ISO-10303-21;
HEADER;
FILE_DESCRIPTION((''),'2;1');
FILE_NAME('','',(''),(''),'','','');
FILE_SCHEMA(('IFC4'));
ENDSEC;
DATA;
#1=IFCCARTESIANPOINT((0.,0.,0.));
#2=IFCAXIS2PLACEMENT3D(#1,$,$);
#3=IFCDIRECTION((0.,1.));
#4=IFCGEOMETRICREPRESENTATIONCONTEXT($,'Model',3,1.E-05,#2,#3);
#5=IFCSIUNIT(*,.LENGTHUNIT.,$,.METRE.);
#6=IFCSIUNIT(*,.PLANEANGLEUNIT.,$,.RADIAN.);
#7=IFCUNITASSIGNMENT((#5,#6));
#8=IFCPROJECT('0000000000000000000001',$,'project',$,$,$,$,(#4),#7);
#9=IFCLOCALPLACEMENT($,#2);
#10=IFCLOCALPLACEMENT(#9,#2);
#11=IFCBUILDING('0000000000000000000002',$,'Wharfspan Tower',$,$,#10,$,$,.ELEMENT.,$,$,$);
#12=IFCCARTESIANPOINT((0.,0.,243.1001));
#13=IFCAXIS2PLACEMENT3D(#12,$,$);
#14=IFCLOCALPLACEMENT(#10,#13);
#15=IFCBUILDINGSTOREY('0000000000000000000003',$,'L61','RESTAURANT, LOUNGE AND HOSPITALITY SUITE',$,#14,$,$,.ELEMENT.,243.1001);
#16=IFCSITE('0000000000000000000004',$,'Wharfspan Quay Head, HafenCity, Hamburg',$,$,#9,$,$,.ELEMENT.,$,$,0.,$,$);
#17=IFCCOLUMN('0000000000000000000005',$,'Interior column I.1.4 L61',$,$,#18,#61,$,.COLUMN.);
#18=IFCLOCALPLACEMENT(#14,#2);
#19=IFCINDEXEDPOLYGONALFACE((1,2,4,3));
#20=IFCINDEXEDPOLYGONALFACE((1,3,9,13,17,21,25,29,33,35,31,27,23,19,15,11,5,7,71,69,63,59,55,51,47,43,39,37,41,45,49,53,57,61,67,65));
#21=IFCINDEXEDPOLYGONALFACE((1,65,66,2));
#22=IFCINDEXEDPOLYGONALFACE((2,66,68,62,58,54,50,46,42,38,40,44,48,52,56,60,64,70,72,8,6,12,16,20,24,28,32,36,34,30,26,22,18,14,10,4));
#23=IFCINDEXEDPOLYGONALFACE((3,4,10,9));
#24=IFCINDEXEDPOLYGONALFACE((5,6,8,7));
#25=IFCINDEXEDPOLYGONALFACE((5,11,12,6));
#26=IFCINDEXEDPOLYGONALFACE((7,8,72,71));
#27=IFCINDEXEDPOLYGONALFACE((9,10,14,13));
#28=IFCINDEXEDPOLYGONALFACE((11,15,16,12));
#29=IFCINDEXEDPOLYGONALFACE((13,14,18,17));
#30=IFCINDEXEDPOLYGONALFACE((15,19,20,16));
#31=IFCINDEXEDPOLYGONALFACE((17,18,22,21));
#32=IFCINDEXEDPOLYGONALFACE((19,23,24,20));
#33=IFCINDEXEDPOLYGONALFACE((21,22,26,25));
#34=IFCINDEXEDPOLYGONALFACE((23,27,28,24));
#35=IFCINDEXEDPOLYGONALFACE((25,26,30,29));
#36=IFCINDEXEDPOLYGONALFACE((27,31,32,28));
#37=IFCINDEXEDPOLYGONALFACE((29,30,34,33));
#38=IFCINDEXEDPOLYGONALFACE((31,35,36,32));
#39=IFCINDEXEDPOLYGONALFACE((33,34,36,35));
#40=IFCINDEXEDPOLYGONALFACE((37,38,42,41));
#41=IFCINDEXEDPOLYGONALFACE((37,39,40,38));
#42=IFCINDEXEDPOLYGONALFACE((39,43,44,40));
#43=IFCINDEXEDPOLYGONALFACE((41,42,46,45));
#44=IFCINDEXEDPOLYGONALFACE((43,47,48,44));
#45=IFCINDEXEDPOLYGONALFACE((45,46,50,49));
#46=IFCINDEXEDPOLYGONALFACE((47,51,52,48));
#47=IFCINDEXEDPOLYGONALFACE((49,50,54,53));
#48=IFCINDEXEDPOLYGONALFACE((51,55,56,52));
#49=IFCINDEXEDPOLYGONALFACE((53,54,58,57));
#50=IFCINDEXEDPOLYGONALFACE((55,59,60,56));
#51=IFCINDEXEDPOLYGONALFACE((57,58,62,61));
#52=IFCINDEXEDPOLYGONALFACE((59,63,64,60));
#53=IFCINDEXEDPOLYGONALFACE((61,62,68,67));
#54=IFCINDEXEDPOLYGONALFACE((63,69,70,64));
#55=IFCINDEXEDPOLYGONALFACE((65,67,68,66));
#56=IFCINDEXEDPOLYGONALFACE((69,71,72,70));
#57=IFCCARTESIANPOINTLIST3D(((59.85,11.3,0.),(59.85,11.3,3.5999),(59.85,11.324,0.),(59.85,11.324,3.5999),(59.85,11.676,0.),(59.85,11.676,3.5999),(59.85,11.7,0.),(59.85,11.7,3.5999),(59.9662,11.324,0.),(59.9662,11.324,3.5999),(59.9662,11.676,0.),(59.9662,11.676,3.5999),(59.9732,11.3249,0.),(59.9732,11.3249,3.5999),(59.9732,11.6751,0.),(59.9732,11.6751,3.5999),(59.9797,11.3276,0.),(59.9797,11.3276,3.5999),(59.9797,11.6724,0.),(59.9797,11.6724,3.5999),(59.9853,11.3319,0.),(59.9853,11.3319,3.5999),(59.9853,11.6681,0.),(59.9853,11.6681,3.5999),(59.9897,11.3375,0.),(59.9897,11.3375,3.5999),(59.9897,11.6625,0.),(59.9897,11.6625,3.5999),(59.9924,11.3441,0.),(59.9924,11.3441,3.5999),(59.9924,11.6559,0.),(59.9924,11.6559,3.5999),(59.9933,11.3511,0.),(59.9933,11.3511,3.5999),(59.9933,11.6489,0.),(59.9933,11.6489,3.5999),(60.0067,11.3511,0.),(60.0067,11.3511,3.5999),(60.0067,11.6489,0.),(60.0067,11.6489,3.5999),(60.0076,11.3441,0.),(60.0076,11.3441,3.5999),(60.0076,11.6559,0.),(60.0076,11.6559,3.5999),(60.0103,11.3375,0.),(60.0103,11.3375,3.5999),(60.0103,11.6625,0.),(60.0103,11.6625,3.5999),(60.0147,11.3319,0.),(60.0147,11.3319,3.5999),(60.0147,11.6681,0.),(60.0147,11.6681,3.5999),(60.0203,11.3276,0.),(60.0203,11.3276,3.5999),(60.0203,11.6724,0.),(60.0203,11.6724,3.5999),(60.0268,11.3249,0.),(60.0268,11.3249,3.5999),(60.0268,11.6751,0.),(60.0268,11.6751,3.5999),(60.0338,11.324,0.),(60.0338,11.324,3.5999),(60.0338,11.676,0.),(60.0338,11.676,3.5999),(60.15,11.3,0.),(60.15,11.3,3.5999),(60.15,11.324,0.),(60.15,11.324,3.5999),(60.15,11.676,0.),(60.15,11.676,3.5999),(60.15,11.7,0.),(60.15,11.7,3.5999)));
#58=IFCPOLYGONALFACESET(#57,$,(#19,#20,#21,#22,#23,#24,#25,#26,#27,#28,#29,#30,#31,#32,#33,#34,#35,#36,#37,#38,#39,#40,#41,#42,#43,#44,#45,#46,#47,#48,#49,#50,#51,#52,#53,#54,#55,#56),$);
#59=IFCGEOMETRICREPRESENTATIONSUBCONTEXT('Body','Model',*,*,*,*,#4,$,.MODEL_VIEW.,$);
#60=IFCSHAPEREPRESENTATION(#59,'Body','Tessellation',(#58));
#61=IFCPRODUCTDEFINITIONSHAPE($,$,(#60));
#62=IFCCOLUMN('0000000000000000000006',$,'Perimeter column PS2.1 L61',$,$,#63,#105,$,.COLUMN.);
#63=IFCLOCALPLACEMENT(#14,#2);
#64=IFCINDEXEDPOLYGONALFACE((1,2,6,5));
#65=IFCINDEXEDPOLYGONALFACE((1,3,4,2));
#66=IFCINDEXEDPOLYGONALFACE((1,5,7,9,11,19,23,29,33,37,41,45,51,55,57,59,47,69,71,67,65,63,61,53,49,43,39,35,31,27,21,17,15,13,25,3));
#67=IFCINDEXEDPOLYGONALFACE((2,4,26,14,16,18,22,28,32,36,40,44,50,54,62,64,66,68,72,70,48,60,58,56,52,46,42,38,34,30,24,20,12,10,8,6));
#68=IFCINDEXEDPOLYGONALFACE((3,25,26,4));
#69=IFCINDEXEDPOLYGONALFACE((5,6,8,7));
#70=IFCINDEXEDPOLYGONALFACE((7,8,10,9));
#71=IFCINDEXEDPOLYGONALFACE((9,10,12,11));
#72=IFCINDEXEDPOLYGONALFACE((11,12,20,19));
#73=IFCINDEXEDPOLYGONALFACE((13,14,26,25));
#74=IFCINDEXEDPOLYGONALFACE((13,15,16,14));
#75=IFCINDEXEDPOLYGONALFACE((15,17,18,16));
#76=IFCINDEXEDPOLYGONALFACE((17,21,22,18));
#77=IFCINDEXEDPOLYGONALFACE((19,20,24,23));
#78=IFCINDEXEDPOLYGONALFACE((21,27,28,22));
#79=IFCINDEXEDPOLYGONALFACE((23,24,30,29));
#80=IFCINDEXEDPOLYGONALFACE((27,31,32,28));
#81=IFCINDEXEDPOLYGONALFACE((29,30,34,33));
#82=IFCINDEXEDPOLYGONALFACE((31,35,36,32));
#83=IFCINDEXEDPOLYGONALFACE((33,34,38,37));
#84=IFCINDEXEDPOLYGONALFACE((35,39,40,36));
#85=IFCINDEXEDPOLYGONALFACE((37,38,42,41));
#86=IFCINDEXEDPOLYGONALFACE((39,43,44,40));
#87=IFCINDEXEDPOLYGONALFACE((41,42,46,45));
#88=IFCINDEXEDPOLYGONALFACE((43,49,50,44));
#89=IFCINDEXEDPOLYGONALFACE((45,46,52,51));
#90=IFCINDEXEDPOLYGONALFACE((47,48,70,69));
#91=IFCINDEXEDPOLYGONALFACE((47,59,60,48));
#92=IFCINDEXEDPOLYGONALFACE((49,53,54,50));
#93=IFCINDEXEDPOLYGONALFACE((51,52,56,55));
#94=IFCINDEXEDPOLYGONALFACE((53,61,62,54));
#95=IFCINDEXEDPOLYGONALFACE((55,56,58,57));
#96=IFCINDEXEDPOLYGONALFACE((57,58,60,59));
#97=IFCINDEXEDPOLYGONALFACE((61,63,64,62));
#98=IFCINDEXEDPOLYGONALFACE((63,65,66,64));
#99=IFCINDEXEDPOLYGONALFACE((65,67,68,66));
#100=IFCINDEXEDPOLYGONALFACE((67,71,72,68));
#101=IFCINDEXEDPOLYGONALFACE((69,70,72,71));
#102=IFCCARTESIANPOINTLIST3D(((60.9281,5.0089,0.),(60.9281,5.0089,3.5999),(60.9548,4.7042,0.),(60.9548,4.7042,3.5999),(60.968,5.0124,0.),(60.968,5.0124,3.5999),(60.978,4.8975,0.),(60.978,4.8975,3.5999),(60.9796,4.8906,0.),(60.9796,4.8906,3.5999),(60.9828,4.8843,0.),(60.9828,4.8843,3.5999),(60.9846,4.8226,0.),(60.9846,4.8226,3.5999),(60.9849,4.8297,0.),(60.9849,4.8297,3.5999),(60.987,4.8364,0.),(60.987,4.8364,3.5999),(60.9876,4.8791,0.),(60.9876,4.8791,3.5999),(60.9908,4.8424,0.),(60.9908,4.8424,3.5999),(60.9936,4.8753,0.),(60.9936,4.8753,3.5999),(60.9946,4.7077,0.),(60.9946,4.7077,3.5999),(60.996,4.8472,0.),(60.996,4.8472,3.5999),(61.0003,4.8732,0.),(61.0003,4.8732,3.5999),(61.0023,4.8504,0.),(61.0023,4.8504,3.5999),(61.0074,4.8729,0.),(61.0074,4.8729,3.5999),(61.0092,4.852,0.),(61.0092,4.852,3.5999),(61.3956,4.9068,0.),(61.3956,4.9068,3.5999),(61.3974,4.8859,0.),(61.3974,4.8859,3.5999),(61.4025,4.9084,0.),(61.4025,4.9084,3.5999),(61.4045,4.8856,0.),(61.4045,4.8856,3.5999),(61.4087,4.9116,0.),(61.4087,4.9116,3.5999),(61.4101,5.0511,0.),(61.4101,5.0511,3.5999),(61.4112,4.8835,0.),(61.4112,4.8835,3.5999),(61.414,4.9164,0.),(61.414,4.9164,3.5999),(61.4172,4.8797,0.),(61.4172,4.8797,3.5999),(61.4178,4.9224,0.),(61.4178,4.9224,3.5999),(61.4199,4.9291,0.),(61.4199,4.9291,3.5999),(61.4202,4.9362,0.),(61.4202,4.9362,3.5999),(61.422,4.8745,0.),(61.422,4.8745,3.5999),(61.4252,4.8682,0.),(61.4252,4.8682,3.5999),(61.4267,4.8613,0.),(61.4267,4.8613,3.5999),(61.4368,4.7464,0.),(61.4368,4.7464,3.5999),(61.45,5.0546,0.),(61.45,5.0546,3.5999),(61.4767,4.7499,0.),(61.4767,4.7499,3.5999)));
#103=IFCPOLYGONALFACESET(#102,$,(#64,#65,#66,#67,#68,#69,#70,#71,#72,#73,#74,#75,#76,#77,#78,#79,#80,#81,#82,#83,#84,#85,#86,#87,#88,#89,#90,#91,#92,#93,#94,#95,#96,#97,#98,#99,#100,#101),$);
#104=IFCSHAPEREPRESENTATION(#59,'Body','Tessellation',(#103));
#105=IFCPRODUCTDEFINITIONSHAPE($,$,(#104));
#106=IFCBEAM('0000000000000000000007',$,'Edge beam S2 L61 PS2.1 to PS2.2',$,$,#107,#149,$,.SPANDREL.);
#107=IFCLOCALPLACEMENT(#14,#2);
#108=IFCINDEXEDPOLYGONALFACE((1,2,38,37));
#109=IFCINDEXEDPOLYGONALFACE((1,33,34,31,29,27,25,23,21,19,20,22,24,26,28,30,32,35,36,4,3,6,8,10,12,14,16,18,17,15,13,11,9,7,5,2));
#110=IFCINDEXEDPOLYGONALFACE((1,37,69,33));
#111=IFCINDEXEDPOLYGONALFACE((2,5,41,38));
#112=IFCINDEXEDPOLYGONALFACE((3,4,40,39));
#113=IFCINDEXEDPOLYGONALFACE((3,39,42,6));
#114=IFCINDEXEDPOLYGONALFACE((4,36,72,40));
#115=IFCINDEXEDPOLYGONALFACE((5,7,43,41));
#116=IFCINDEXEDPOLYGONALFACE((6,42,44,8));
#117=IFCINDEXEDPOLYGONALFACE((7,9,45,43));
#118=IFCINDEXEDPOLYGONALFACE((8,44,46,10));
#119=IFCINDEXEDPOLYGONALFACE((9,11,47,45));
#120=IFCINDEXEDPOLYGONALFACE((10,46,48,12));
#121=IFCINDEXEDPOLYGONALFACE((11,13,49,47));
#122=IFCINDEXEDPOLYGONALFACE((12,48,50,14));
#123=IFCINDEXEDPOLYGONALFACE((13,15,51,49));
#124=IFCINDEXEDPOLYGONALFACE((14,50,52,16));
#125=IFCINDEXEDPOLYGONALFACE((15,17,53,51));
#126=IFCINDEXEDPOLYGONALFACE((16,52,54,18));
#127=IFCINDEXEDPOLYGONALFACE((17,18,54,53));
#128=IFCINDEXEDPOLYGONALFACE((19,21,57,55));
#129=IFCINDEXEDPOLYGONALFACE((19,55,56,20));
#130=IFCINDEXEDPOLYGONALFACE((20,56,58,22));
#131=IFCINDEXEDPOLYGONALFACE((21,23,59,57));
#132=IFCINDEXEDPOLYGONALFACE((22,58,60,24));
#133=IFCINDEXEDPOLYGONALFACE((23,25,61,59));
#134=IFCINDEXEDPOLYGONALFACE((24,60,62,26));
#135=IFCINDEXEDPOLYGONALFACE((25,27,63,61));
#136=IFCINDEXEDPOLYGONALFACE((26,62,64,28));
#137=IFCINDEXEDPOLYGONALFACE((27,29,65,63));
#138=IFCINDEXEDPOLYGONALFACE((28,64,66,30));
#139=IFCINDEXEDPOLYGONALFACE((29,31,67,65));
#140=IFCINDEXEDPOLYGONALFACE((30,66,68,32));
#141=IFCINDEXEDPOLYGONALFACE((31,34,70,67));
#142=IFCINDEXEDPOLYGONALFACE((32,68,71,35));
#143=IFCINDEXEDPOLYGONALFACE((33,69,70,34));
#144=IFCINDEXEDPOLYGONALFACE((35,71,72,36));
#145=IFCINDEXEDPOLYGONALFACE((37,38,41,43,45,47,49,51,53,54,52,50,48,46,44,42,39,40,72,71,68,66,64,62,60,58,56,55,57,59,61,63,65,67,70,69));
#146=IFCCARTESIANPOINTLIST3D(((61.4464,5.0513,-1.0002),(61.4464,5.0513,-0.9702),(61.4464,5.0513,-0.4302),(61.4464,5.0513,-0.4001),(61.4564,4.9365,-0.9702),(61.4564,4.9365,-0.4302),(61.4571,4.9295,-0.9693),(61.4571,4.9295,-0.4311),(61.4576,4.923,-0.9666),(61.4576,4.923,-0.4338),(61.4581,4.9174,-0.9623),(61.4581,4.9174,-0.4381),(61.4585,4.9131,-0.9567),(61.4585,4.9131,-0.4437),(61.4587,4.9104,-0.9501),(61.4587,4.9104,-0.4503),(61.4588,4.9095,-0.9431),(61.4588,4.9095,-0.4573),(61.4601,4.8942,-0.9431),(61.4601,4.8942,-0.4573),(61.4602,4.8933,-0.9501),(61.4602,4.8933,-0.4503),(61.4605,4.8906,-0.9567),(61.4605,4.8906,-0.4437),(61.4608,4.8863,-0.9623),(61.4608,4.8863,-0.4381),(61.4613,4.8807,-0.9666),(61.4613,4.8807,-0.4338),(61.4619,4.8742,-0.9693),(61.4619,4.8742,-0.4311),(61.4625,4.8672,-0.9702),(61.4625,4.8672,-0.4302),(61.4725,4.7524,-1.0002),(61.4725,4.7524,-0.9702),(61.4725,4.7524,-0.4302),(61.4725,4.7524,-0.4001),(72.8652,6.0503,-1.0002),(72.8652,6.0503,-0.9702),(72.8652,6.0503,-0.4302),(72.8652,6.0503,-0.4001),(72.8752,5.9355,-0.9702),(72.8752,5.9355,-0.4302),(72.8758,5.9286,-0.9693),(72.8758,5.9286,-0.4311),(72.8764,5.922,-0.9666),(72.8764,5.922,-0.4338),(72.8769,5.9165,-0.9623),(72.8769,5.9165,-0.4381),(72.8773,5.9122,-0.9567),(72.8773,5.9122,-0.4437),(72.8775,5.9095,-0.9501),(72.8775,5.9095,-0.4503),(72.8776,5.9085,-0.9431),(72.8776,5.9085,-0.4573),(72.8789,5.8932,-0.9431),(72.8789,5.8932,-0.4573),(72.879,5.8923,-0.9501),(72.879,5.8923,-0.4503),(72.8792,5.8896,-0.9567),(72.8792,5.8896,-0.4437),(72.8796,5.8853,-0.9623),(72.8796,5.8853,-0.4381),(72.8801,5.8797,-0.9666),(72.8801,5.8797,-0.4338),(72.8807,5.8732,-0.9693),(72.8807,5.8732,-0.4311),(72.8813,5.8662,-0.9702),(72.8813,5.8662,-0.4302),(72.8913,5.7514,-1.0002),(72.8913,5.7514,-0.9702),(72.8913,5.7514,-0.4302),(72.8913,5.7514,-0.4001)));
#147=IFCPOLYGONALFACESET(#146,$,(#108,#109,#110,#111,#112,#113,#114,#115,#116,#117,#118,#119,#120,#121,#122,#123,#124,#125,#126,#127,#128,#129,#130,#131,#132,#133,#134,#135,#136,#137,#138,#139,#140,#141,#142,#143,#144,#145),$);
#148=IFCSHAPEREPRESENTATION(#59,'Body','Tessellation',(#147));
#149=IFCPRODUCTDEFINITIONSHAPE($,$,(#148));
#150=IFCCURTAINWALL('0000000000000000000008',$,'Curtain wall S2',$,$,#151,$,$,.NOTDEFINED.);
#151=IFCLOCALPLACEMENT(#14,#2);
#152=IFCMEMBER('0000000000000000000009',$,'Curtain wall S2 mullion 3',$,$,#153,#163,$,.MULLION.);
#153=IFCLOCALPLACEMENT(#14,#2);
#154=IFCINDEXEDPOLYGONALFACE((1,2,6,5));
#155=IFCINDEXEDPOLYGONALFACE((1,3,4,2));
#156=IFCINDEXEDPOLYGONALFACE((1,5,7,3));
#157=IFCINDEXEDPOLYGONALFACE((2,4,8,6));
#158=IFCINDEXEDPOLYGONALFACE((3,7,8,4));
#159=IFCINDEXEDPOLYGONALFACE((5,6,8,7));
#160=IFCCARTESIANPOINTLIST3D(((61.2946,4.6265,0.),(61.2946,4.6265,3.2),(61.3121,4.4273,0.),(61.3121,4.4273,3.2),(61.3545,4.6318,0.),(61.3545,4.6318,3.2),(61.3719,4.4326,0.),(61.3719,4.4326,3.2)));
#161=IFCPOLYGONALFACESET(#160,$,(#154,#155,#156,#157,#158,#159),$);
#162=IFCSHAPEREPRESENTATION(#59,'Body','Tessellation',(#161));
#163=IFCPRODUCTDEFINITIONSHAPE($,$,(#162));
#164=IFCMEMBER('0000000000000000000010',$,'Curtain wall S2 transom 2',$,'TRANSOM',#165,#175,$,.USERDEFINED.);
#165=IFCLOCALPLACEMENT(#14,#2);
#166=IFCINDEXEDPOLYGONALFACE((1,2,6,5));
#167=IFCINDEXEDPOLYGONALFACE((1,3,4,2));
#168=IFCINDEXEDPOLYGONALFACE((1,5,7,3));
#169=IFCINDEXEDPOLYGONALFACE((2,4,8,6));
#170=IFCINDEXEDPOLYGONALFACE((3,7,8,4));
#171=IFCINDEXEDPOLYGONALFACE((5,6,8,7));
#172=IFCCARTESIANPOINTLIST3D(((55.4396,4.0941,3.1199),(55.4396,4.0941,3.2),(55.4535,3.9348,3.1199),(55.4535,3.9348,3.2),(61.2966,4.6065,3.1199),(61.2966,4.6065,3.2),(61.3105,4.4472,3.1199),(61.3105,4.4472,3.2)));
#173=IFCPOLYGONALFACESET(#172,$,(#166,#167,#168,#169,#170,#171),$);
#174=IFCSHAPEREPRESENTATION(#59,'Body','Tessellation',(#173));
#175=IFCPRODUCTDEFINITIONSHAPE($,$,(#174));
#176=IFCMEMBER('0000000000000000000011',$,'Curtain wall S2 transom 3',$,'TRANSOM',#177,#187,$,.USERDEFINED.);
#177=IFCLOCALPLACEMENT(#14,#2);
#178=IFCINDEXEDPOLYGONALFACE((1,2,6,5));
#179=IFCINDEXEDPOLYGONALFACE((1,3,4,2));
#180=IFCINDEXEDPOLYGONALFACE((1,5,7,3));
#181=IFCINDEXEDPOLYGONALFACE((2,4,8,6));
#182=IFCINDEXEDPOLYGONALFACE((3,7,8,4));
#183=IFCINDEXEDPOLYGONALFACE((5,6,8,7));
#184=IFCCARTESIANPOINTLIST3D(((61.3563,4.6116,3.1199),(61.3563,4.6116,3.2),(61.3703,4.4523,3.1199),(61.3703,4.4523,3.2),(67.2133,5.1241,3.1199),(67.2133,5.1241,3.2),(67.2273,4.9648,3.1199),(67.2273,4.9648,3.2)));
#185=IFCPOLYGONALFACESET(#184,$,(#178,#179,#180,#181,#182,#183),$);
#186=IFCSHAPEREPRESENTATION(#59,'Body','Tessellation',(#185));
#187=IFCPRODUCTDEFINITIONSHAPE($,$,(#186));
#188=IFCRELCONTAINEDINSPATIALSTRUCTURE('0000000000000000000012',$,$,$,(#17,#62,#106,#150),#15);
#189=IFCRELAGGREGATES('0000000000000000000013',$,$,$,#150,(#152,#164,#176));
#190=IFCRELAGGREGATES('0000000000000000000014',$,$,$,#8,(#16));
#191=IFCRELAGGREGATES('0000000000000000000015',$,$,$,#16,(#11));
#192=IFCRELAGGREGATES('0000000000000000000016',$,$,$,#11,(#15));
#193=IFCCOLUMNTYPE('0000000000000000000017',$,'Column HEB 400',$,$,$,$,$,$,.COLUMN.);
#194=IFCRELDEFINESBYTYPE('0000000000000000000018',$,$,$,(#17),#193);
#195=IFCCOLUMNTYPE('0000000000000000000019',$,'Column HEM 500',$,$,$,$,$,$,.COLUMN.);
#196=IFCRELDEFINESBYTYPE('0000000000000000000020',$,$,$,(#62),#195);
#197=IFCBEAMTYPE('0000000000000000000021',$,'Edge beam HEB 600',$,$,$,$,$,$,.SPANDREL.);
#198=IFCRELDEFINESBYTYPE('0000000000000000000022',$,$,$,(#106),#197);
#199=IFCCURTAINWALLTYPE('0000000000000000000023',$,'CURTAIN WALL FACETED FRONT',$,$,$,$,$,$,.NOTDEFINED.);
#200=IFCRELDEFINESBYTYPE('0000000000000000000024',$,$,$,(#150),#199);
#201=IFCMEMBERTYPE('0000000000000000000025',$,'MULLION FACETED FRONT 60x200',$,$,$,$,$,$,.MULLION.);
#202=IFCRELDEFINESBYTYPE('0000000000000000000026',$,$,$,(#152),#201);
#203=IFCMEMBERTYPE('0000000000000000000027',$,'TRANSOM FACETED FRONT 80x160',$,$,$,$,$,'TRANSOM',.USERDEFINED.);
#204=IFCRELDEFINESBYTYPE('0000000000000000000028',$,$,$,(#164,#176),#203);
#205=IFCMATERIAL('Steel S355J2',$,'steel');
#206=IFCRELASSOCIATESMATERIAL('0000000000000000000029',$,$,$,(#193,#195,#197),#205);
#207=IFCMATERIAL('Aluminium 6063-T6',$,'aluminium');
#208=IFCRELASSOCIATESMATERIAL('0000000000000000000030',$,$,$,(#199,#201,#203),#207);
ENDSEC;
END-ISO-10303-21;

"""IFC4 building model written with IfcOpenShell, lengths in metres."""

from ifc_helpers import new_model, si_unit, direction, frame, origin, origin_2d, place, context, subcontext, project, spatial, rectangle, i_section, extrude, material, material_profile, profile_set, type_object, element, aggregate, save


model = new_model("IFC4")

# Units and contexts
model_context = context("Model", 3, precision=1e-05, world=origin(), true_north=direction((0.0, 1.0)))
body_context = subcontext(model_context, "Body", "Model", "MODEL_VIEW")
ifc_project = project(units=[si_unit("LENGTHUNIT", "METRE"), si_unit("PLANEANGLEUNIT", "RADIAN")], contexts=[model_context])

# Site, building, storey
site_placement = place(None, origin())
site = spatial("IfcSite", under=ifc_project, at=site_placement, Name="Wharfspan Quay Head, HafenCity, Hamburg", CompositionType="ELEMENT", RefElevation=0.0)
building_placement = place(site_placement, origin())
building = spatial("IfcBuilding", under=site, at=building_placement, Name="Wharfspan Tower", CompositionType="ELEMENT")
storey_placement = place(building_placement, frame((0.0, 0.0, 243.1001)))
storey = spatial("IfcBuildingStorey", under=building, at=storey_placement, Name="L61", Description="RESTAURANT, LOUNGE AND HOSPITALITY SUITE", CompositionType="ELEMENT", Elevation=243.1001)

# Columns
ifc_material_1 = material(Name="Steel S355J2", Category="steel")
ifc_material_profile_1 = material_profile(ifc_material_1, i_section(OverallWidth=0.3, OverallDepth=0.3999, WebThickness=0.0134, FlangeThickness=0.0239, FilletRadius=0.0271, at=origin_2d()))
ifc_profile_set_1 = profile_set([ifc_material_profile_1], Name="Steel S355J2")
column_type_1 = type_object("IfcColumnType", Name="Column HEB 400", PredefinedType="COLUMN", material=ifc_profile_set_1)
column_1_placement = place(storey_placement, frame((60.0, 11.5, 0.0), z_axis=(0.0, 0.0, 1.0), x_axis=(1.0, 0.0, 0.0)))
element("IfcColumn", 1, at=column_1_placement, inside=storey, type_object=column_type_1, Name="Interior column I.1.4 L61", PredefinedType="COLUMN", context=body_context, shape_type="SweptSolid", body=[
    extrude(i_section(OverallWidth=0.3, OverallDepth=0.3999, WebThickness=0.0134, FlangeThickness=0.0239, FilletRadius=0.0271, at=origin_2d()), origin(), (0.0, 0.0, 1.0), 3.5999),
])
ifc_material_profile_2 = material_profile(ifc_material_1, i_section(OverallWidth=0.3059, OverallDepth=0.5239, WebThickness=0.021, FlangeThickness=0.04, FilletRadius=0.0271, at=origin_2d()))
ifc_profile_set_2 = profile_set([ifc_material_profile_2], Name="Steel S355J2")
column_type_2 = type_object("IfcColumnType", Name="Column HEM 500", PredefinedType="COLUMN", material=ifc_profile_set_2)
column_2_placement = place(storey_placement, frame((61.2024, 4.8794, 0.0), z_axis=(0.0, 0.0, 1.0), x_axis=(0.087156, -0.996197, 0.0)))
element("IfcColumn", 2, at=column_2_placement, inside=storey, type_object=column_type_2, Name="Perimeter column PS2.1 L61", PredefinedType="COLUMN", context=body_context, shape_type="SweptSolid", body=[
    extrude(i_section(OverallWidth=0.3059, OverallDepth=0.5239, WebThickness=0.021, FlangeThickness=0.04, FilletRadius=0.0271, at=origin_2d()), origin(), (0.0, 0.0, 1.0), 3.5999),
])

# Beam
ifc_material_profile_3 = material_profile(ifc_material_1, i_section(OverallWidth=0.3, OverallDepth=0.6001, WebThickness=0.0154, FlangeThickness=0.03, FilletRadius=0.0271, at=origin_2d()))
ifc_profile_set_3 = profile_set([ifc_material_profile_3], Name="Steel S355J2")
beam_type = type_object("IfcBeamType", Name="Edge beam HEB 600", PredefinedType="SPANDREL", material=ifc_profile_set_3)
beam_placement = place(storey_placement, frame((61.4595, 4.9019, -0.7002), z_axis=(0.996195, 0.087157, 0.0), x_axis=(-0.087157, 0.996195, 0.0)))
element("IfcBeam", 3, at=beam_placement, inside=storey, type_object=beam_type, Name="Edge beam S2 L61 PS2.1 to PS2.2", PredefinedType="SPANDREL", context=body_context, shape_type="SweptSolid", body=[
    extrude(i_section(OverallWidth=0.3, OverallDepth=0.6001, WebThickness=0.0154, FlangeThickness=0.03, FilletRadius=0.0271, at=origin_2d()), origin(), (0.0, 0.0, 1.0), 11.4624),
])

# Curtain wall, members
ifc_material_2 = material(Name="Aluminium 6063-T6", Category="aluminium")
curtain_wall_type = type_object("IfcCurtainWallType", Name="CURTAIN WALL FACETED FRONT", PredefinedType="NOTDEFINED", material=ifc_material_2)
curtain_wall_placement = place(storey_placement, origin())
curtain_wall = element("IfcCurtainWall", 4, at=curtain_wall_placement, inside=storey, type_object=curtain_wall_type, Name="Curtain wall S2", PredefinedType="NOTDEFINED")
ifc_material_profile_4 = material_profile(ifc_material_2, rectangle(XDim=0.2, YDim=0.0601, at=origin_2d()))
ifc_profile_set_4 = profile_set([ifc_material_profile_4], Name="Aluminium 6063-T6")
member_type_1 = type_object("IfcMemberType", Name="MULLION FACETED FRONT 60x200", PredefinedType="MULLION", material=ifc_profile_set_4)
member_1_placement = place(storey_placement, frame((61.3333, 4.5295, 0.0), z_axis=(0.0, 0.0, 1.0), x_axis=(-0.087156, 0.996197, 0.0)))
member_1 = element("IfcMember", 5, at=member_1_placement, type_object=member_type_1, Name="Curtain wall S2 mullion 3", PredefinedType="MULLION", context=body_context, shape_type="SweptSolid", body=[
    extrude(rectangle(XDim=0.2, YDim=0.0601, at=origin_2d()), origin(), (0.0, 0.0, 1.0), 3.2),
])
ifc_material_profile_5 = material_profile(ifc_material_2, rectangle(XDim=0.1599, YDim=0.0801, at=origin_2d()))
ifc_profile_set_5 = profile_set([ifc_material_profile_5], Name="Aluminium 6063-T6")
member_type_2 = type_object("IfcMemberType", Name="TRANSOM FACETED FRONT 80x160", ElementType="TRANSOM", PredefinedType="USERDEFINED", material=ifc_profile_set_5)
member_2_placement = place(storey_placement, frame((55.4465, 4.0144, 3.1599), z_axis=(0.996194, 0.087162, 0.0), x_axis=(-0.087162, 0.996194, 0.0)))
member_2 = element("IfcMember", 6, at=member_2_placement, type_object=member_type_2, Name="Curtain wall S2 transom 2", ObjectType="TRANSOM", PredefinedType="USERDEFINED", context=body_context, shape_type="SweptSolid", body=[
    extrude(rectangle(XDim=0.1599, YDim=0.0801, at=origin_2d()), origin(), (0.0, 0.0, 1.0), 5.8794),
])
member_3_placement = place(storey_placement, frame((61.3633, 4.532, 3.1599), z_axis=(0.996194, 0.087162, 0.0), x_axis=(-0.087162, 0.996194, 0.0)))
member_3 = element("IfcMember", 7, at=member_3_placement, type_object=member_type_2, Name="Curtain wall S2 transom 3", ObjectType="TRANSOM", PredefinedType="USERDEFINED", context=body_context, shape_type="SweptSolid", body=[
    extrude(rectangle(XDim=0.1599, YDim=0.0801, at=origin_2d()), origin(), (0.0, 0.0, 1.0), 5.8794),
])
aggregate(curtain_wall, [member_1, member_2, member_3])

save(model, "model.ifc")
